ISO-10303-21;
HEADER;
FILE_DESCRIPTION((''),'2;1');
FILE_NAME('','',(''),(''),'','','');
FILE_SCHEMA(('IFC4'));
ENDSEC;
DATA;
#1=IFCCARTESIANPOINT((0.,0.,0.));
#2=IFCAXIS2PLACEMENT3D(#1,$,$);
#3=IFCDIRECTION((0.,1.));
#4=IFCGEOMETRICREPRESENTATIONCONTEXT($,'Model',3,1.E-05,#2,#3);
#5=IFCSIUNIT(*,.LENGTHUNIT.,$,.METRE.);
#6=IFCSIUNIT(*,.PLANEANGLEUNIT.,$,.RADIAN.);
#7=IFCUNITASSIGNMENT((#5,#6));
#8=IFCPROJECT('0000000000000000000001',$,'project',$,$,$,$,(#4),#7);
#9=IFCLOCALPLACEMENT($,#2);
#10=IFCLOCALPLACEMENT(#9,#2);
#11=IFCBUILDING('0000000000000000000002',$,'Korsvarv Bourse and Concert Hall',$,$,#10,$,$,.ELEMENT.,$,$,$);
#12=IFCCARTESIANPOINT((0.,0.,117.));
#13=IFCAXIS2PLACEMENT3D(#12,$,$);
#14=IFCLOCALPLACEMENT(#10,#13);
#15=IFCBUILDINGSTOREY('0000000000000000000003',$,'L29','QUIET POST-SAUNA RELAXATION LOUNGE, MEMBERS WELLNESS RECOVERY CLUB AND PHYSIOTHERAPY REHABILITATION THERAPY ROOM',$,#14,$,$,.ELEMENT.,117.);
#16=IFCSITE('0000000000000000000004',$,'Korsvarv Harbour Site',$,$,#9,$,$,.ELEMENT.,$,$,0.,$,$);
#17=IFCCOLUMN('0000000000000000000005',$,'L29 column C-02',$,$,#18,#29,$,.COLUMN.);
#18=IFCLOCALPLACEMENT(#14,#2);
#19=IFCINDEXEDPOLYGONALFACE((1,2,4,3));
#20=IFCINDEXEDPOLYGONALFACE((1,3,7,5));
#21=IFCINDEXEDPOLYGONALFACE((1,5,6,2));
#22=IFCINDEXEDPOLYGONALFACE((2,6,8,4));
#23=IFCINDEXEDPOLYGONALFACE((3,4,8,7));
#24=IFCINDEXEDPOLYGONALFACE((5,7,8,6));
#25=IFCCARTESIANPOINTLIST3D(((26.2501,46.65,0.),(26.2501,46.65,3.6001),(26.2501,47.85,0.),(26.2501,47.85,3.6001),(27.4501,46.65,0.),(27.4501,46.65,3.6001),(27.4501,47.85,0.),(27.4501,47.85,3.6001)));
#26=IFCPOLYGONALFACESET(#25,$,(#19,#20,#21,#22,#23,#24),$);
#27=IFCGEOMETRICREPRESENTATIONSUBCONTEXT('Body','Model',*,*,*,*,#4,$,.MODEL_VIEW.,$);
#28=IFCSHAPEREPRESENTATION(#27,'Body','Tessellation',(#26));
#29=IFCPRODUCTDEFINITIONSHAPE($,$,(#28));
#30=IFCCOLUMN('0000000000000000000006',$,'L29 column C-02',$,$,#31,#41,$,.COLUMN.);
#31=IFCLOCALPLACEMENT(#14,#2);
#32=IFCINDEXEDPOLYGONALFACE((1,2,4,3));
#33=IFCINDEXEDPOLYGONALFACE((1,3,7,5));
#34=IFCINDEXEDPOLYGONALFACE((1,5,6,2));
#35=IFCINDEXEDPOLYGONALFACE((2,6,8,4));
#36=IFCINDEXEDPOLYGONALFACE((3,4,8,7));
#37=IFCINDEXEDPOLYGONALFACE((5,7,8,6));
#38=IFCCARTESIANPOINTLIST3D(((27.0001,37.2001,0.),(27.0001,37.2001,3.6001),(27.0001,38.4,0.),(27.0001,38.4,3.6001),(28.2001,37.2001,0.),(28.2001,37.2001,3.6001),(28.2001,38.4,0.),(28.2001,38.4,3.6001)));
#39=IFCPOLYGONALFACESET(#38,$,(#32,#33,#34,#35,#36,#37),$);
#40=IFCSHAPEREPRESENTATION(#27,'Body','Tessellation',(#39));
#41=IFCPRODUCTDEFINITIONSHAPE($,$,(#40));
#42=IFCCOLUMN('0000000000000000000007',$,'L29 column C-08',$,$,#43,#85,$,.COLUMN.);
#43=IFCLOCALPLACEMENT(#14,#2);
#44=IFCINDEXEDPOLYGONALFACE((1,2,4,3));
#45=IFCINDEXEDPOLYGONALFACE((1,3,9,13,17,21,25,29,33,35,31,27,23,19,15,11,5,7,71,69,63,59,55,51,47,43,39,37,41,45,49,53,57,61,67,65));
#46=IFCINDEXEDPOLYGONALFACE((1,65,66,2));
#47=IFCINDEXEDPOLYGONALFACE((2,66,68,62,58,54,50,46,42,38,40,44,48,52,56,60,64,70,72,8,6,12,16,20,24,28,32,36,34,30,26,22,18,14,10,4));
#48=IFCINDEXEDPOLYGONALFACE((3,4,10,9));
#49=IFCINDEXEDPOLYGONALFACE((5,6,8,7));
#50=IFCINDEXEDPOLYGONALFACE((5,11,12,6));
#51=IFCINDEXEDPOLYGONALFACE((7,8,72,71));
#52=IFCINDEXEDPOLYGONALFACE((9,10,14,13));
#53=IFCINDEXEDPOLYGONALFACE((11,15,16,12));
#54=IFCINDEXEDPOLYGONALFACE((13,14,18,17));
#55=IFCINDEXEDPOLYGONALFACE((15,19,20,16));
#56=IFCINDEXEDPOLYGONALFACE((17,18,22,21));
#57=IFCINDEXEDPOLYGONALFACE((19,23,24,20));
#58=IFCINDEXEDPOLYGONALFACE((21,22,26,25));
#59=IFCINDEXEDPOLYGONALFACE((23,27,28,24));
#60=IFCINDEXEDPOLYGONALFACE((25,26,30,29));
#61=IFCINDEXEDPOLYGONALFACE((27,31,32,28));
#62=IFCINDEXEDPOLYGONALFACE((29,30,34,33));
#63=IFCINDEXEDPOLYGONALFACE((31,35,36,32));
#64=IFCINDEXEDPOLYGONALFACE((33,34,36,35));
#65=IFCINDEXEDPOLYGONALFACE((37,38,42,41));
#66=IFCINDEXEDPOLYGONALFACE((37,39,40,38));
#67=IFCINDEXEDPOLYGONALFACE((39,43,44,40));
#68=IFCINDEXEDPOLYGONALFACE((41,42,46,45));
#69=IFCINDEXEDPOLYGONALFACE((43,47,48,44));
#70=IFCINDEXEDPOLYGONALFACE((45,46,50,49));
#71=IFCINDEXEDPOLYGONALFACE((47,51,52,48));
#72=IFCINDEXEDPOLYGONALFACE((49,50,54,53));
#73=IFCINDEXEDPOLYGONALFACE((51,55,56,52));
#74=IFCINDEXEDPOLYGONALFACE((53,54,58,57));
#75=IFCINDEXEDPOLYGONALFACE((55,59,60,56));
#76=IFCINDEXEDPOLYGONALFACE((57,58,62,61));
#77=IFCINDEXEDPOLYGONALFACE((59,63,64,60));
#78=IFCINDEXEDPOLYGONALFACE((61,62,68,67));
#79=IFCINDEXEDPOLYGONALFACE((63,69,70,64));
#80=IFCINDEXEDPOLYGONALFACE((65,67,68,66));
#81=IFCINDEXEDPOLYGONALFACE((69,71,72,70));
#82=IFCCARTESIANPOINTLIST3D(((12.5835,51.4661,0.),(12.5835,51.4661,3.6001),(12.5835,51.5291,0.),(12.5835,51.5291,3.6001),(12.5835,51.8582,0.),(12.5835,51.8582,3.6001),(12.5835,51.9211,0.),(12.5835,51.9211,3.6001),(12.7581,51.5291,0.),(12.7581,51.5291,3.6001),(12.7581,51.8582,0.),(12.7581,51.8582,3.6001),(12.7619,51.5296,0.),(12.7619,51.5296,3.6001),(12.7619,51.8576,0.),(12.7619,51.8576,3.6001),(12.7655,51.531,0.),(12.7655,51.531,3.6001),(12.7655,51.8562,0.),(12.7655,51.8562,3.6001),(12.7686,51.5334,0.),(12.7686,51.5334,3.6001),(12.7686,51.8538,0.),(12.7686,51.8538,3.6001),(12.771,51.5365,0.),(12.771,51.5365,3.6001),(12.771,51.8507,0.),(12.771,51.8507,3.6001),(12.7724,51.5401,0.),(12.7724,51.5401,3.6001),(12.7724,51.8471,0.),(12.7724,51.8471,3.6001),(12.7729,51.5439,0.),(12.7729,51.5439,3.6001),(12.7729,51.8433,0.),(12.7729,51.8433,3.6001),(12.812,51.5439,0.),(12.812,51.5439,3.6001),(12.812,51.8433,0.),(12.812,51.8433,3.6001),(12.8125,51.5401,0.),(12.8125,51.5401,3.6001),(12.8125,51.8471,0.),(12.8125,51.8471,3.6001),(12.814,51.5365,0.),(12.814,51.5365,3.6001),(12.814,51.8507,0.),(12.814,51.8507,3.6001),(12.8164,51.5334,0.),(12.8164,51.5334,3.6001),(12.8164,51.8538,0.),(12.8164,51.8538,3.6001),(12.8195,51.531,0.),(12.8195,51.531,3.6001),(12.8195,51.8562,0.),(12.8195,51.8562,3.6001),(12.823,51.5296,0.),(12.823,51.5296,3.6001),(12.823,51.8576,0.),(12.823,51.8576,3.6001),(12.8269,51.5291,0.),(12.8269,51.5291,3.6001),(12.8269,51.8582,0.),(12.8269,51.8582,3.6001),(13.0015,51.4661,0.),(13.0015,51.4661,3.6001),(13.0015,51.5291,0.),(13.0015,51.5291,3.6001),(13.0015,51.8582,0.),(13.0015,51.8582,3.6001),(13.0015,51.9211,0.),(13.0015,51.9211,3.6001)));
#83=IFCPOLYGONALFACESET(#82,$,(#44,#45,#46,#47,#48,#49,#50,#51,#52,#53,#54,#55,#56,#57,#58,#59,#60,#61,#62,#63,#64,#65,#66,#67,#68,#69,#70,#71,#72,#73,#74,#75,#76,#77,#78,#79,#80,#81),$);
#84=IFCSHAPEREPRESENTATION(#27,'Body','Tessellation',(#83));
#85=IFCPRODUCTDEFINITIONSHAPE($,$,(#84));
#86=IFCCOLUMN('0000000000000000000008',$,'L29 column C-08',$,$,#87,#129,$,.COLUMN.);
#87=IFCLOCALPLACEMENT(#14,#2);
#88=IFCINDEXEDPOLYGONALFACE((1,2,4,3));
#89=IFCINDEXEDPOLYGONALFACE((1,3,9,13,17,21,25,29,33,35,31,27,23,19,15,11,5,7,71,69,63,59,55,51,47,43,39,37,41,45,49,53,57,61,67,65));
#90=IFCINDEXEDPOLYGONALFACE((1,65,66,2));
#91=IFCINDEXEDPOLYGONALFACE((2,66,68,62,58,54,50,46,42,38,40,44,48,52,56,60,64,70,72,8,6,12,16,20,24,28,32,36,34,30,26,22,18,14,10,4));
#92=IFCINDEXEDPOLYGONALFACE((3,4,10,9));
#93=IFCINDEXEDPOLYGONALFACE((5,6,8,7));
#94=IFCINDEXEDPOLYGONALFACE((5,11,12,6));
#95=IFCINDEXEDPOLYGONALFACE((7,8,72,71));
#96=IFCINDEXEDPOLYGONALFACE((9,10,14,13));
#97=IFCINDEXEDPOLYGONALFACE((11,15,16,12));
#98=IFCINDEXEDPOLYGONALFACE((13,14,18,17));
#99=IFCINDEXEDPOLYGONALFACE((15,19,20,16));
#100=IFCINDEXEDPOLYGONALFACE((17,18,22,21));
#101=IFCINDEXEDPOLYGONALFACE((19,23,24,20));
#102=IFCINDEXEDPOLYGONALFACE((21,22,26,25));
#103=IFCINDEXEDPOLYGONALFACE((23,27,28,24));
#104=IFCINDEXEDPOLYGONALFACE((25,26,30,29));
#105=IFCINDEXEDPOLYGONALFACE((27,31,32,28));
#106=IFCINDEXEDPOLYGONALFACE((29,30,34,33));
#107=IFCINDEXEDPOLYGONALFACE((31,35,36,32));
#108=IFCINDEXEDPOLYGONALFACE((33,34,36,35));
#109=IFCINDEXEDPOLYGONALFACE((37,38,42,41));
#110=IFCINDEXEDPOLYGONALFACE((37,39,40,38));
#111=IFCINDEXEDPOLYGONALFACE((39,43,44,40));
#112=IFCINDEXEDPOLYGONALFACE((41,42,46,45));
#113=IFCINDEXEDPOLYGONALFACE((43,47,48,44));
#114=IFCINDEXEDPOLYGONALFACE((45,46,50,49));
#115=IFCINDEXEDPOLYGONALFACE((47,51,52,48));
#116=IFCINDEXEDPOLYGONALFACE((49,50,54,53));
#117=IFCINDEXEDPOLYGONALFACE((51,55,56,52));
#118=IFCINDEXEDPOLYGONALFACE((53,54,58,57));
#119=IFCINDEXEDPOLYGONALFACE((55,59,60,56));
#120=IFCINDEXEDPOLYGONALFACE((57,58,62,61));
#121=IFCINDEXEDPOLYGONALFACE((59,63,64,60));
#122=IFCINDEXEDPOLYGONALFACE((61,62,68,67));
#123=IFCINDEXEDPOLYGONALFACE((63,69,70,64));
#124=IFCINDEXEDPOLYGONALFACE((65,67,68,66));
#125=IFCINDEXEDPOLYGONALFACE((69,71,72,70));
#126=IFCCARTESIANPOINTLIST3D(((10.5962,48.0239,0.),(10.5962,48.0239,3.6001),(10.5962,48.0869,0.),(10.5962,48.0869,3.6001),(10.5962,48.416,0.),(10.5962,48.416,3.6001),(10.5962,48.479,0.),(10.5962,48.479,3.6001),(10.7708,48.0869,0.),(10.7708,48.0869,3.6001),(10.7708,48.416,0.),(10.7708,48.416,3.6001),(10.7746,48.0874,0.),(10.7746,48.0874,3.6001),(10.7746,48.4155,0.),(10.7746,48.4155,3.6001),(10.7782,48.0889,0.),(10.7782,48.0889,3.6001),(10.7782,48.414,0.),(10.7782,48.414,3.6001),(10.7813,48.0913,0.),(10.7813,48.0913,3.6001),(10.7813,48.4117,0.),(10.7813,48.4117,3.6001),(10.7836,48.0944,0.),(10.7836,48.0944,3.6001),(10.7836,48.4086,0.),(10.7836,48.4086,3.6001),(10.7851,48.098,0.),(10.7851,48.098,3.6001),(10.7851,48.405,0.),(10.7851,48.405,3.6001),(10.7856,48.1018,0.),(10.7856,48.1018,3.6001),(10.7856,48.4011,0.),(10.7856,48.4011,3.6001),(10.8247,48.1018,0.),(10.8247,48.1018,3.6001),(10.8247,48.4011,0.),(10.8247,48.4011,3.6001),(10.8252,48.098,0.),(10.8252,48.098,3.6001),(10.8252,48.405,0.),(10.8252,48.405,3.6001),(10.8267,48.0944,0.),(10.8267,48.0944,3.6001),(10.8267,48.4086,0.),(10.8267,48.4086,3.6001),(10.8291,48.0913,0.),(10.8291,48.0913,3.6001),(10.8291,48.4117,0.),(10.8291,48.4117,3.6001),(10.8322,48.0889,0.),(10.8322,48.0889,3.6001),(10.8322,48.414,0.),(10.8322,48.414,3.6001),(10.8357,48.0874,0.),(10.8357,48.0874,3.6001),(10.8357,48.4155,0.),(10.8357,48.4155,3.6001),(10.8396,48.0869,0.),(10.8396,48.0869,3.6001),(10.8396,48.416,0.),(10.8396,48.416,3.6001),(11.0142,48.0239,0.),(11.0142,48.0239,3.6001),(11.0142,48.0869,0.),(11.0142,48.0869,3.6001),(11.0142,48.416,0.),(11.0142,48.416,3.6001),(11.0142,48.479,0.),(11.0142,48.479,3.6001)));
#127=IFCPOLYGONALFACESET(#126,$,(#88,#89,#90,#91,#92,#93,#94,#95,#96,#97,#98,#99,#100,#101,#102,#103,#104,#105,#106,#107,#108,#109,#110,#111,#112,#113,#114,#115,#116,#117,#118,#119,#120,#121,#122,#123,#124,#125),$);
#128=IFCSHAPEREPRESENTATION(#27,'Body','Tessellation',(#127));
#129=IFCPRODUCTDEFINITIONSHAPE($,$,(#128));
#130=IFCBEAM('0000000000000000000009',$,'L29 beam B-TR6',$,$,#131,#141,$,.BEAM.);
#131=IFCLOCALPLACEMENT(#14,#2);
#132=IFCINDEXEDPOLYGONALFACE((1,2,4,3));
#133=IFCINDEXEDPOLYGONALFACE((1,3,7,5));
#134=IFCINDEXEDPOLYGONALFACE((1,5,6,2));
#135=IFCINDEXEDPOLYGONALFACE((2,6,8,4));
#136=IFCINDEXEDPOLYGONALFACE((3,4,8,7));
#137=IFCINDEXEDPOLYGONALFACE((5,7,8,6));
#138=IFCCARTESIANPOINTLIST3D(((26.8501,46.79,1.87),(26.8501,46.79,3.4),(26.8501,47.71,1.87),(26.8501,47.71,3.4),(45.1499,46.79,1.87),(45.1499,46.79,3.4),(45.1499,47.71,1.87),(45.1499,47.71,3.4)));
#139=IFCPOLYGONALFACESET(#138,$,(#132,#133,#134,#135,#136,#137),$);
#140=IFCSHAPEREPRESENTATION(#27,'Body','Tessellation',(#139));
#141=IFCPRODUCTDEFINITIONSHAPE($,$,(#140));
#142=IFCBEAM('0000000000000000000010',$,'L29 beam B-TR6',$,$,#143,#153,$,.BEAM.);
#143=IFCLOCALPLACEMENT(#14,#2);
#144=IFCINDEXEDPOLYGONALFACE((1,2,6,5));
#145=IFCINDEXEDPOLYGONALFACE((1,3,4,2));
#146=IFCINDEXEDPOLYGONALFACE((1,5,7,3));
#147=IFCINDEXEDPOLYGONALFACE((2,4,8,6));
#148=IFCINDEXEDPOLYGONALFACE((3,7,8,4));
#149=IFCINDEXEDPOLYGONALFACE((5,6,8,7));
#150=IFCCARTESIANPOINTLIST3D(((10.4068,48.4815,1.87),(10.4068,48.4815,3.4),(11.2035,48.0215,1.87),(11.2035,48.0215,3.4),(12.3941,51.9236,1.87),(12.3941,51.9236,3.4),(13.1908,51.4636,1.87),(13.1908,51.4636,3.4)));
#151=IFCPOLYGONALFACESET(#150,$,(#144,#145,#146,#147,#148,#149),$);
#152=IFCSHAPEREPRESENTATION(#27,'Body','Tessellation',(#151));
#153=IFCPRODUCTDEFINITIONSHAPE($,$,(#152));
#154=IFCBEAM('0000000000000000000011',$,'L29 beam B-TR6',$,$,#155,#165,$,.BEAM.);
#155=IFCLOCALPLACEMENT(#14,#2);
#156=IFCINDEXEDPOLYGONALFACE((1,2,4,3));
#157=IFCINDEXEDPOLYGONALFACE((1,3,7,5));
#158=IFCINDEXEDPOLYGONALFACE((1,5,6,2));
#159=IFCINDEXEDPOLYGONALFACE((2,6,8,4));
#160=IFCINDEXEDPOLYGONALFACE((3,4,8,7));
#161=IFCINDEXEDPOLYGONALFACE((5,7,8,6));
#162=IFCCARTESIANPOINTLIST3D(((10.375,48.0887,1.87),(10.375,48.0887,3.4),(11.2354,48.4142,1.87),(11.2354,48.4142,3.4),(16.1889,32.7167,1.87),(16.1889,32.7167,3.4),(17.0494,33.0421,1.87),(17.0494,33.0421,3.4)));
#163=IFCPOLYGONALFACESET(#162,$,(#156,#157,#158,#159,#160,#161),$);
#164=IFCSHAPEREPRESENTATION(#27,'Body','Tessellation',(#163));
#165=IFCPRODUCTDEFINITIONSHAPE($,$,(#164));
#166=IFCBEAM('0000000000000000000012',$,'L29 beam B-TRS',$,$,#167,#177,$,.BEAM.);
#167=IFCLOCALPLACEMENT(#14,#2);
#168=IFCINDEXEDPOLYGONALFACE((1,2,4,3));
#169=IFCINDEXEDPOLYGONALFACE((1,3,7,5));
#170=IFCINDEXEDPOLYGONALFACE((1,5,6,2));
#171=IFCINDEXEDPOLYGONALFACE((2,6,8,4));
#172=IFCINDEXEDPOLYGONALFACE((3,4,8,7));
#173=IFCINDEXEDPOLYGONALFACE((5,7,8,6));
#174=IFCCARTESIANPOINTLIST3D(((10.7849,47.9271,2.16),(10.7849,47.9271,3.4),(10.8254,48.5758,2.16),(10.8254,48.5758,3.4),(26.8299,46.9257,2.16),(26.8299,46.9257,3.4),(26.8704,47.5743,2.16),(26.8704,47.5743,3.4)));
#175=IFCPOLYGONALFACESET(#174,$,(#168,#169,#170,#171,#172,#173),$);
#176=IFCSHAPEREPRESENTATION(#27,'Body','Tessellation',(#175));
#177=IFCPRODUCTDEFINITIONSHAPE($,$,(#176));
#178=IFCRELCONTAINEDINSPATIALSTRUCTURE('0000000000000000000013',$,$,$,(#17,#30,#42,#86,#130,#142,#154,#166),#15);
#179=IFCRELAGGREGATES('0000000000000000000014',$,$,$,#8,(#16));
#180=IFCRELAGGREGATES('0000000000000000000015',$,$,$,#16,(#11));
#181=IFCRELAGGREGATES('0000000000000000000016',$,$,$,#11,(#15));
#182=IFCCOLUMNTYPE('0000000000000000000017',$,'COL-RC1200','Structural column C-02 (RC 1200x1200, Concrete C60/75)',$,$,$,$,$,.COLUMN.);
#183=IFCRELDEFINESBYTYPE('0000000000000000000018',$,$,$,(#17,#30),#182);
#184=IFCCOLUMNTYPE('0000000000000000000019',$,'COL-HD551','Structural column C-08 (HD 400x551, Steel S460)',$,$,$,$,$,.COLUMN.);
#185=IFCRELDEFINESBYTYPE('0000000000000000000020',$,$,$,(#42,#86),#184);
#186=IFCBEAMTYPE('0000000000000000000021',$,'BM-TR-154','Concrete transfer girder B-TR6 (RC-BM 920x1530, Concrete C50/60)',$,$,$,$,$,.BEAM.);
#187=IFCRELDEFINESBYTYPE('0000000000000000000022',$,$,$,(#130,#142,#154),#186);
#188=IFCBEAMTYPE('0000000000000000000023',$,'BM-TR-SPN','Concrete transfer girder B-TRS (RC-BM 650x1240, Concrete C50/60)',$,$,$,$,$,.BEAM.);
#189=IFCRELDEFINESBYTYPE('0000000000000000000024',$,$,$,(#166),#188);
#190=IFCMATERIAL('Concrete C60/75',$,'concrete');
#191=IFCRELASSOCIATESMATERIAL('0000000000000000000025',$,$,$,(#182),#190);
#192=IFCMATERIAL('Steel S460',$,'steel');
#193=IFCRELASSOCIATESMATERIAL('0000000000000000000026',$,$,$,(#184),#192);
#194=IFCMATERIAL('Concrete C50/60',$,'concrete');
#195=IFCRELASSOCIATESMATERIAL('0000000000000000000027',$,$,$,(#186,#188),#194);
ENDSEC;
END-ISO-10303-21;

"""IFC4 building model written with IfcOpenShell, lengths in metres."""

from ifc_helpers import new_model, si_unit, direction, frame, origin, origin_2d, place, context, subcontext, project, spatial, rectangle, i_section, extrude, source, transform, mapped, material, material_profile, profile_set, type_object, element, save


model = new_model("IFC4")

# Units and contexts
model_context = context("Model", 3, precision=1e-05, world=origin(), true_north=direction((0.0, 1.0)))
body_context = subcontext(model_context, "Body", "Model", "MODEL_VIEW")
ifc_project = project(units=[si_unit("LENGTHUNIT", "METRE"), si_unit("PLANEANGLEUNIT", "RADIAN")], contexts=[model_context])

# Site, building, storey
site_placement = place(None, origin())
site = spatial("IfcSite", under=ifc_project, at=site_placement, Name="Korsvarv Harbour Site", CompositionType="ELEMENT", RefElevation=0.0)
building_placement = place(site_placement, origin())
building = spatial("IfcBuilding", under=site, at=building_placement, Name="Korsvarv Bourse and Concert Hall", CompositionType="ELEMENT")
storey_placement = place(building_placement, frame((0.0, 0.0, 117.0)))
storey = spatial("IfcBuildingStorey", under=building, at=storey_placement, Name="L29", Description="QUIET POST-SAUNA RELAXATION LOUNGE, MEMBERS WELLNESS RECOVERY CLUB AND PHYSIOTHERAPY REHABILITATION THERAPY ROOM", CompositionType="ELEMENT", Elevation=117.0)

# Columns
ifc_material_1 = material(Name="Concrete C60/75", Category="concrete")
ifc_material_profile_1 = material_profile(ifc_material_1, rectangle(XDim=1.2, YDim=1.2, at=origin_2d()), Name="RC 1200x1200")
ifc_profile_set_1 = profile_set([ifc_material_profile_1], Name="Concrete C60/75")
column_type_1 = type_object("IfcColumnType", Name="COL-RC1200", Description="Structural column C-02 (RC 1200x1200, Concrete C60/75)", PredefinedType="COLUMN", material=ifc_profile_set_1)
shared_shape_1 = source(origin(), body_context, "Body", "SweptSolid", [
    extrude(rectangle(XDim=1.2, YDim=1.2, at=origin_2d()), origin(), (0.0, 0.0, 1.0), 3.6001),
])
for number, where, z_axis, x_axis, name in (
    (1, (26.8501, 47.25, 0.0), (0.0, 0.0, 1.0), (1.0, 0.0, 0.0), "L29 column C-02"),
    (2, (27.6001, 37.8, 0.0), (0.0, 0.0, 1.0), (1.0, 0.0, 0.0), "L29 column C-02"),
):
    element("IfcColumn", number, at=place(storey_placement, frame(where, z_axis=z_axis, x_axis=x_axis)), inside=storey, type_object=column_type_1, Name=name, PredefinedType="COLUMN", context=body_context, shape_type="MappedRepresentation", body=[
        mapped(shared_shape_1, transform((0.0, 0.0, 0.0), scale=1.0)),
    ])
ifc_material_2 = material(Name="Steel S460", Category="steel")
ifc_material_profile_2 = material_profile(ifc_material_2, i_section(OverallWidth=0.418, OverallDepth=0.4551, WebThickness=0.0391, FlangeThickness=0.063, FilletRadius=0.0149, at=origin_2d()), Name="HD 400x551")
ifc_profile_set_2 = profile_set([ifc_material_profile_2], Name="Steel S460")
column_type_2 = type_object("IfcColumnType", Name="COL-HD551", Description="Structural column C-08 (HD 400x551, Steel S460)", PredefinedType="COLUMN", material=ifc_profile_set_2)
shared_shape_2 = source(origin(), body_context, "Body", "SweptSolid", [
    extrude(i_section(OverallWidth=0.418, OverallDepth=0.4551, WebThickness=0.0391, FlangeThickness=0.063, FilletRadius=0.0149, at=origin_2d()), origin(), (0.0, 0.0, 1.0), 3.6001),
])
for number, where, z_axis, x_axis, name in (
    (3, (12.7925, 51.6936, 0.0), (0.0, 0.0, 1.0), (1.0, 0.0, 0.0), "L29 column C-08"),
    (4, (10.8052, 48.2515, 0.0), (0.0, 0.0, 1.0), (1.0, 0.0, 0.0), "L29 column C-08"),
):
    element("IfcColumn", number, at=place(storey_placement, frame(where, z_axis=z_axis, x_axis=x_axis)), inside=storey, type_object=column_type_2, Name=name, PredefinedType="COLUMN", context=body_context, shape_type="MappedRepresentation", body=[
        mapped(shared_shape_2, transform((0.0, 0.0, 0.0), scale=1.0)),
    ])

# Beams
ifc_material_3 = material(Name="Concrete C50/60", Category="concrete")
ifc_material_profile_3 = material_profile(ifc_material_3, rectangle(XDim=0.9199, YDim=1.53, at=origin_2d()), Name="RC-BM 920x1530")
ifc_profile_set_3 = profile_set([ifc_material_profile_3], Name="Concrete C50/60")
beam_type_1 = type_object("IfcBeamType", Name="BM-TR-154", Description="Concrete transfer girder B-TR6 (RC-BM 920x1530, Concrete C50/60)", PredefinedType="BEAM", material=ifc_profile_set_3)
shared_shape_3 = source(origin(), body_context, "Body", "SweptSolid", [
    extrude(rectangle(XDim=0.9199, YDim=1.53, at=origin_2d()), origin(), (0.0, 0.0, 1.0), 18.2998),
])
beam_1_placement = place(storey_placement, frame((26.8501, 47.25, 2.635), z_axis=(1.0, 0.0, 0.0), x_axis=(0.0, 1.0, 0.0)))
element("IfcBeam", 5, at=beam_1_placement, inside=storey, type_object=beam_type_1, Name="L29 beam B-TR6", PredefinedType="BEAM", context=body_context, shape_type="MappedRepresentation", body=[
    mapped(shared_shape_3, transform((0.0, 0.0, 0.0), scale=1.0)),
])
shared_shape_4 = source(origin(), body_context, "Body", "SweptSolid", [
    extrude(rectangle(XDim=0.9199, YDim=1.53, at=origin_2d()), origin(), (0.0, 0.0, 1.0), 3.9746),
])
beam_2_placement = place(storey_placement, frame((12.7925, 51.6936, 2.635), z_axis=(-0.499997, -0.866027, 0.0), x_axis=(0.866027, -0.499997, 0.0)))
element("IfcBeam", 6, at=beam_2_placement, inside=storey, type_object=beam_type_1, Name="L29 beam B-TR6", PredefinedType="BEAM", context=body_context, shape_type="MappedRepresentation", body=[
    mapped(shared_shape_4, transform((0.0, 0.0, 0.0), scale=1.0)),
])
shared_shape_5 = source(origin(), body_context, "Body", "SweptSolid", [
    extrude(rectangle(XDim=0.9199, YDim=1.53, at=origin_2d()), origin(), (0.0, 0.0, 1.0), 16.4348),
])
beam_3_placement = place(storey_placement, frame((10.8052, 48.2515, 2.635), z_axis=(0.353759, -0.935336, 0.0), x_axis=(0.935336, 0.353759, 0.0)))
element("IfcBeam", 7, at=beam_3_placement, inside=storey, type_object=beam_type_1, Name="L29 beam B-TR6", PredefinedType="BEAM", context=body_context, shape_type="MappedRepresentation", body=[
    mapped(shared_shape_5, transform((0.0, 0.0, 0.0), scale=1.0)),
])
ifc_material_profile_4 = material_profile(ifc_material_3, rectangle(XDim=0.6499, YDim=1.24, at=origin_2d()), Name="RC-BM 650x1240")
ifc_profile_set_4 = profile_set([ifc_material_profile_4], Name="Concrete C50/60")
beam_type_2 = type_object("IfcBeamType", Name="BM-TR-SPN", Description="Concrete transfer girder B-TRS (RC-BM 650x1240, Concrete C50/60)", PredefinedType="BEAM", material=ifc_profile_set_4)
shared_shape_6 = source(origin(), body_context, "Body", "SweptSolid", [
    extrude(rectangle(XDim=0.6499, YDim=1.24, at=origin_2d()), origin(), (0.0, 0.0, 1.0), 16.0762),
])
beam_4_placement = place(storey_placement, frame((10.8052, 48.2515, 2.78), z_axis=(0.998058, -0.062295, 0.0), x_axis=(0.062295, 0.998058, 0.0)))
element("IfcBeam", 8, at=beam_4_placement, inside=storey, type_object=beam_type_2, Name="L29 beam B-TRS", PredefinedType="BEAM", context=body_context, shape_type="MappedRepresentation", body=[
    mapped(shared_shape_6, transform((0.0, 0.0, 0.0), scale=1.0)),
])

save(model, "model.ifc")
